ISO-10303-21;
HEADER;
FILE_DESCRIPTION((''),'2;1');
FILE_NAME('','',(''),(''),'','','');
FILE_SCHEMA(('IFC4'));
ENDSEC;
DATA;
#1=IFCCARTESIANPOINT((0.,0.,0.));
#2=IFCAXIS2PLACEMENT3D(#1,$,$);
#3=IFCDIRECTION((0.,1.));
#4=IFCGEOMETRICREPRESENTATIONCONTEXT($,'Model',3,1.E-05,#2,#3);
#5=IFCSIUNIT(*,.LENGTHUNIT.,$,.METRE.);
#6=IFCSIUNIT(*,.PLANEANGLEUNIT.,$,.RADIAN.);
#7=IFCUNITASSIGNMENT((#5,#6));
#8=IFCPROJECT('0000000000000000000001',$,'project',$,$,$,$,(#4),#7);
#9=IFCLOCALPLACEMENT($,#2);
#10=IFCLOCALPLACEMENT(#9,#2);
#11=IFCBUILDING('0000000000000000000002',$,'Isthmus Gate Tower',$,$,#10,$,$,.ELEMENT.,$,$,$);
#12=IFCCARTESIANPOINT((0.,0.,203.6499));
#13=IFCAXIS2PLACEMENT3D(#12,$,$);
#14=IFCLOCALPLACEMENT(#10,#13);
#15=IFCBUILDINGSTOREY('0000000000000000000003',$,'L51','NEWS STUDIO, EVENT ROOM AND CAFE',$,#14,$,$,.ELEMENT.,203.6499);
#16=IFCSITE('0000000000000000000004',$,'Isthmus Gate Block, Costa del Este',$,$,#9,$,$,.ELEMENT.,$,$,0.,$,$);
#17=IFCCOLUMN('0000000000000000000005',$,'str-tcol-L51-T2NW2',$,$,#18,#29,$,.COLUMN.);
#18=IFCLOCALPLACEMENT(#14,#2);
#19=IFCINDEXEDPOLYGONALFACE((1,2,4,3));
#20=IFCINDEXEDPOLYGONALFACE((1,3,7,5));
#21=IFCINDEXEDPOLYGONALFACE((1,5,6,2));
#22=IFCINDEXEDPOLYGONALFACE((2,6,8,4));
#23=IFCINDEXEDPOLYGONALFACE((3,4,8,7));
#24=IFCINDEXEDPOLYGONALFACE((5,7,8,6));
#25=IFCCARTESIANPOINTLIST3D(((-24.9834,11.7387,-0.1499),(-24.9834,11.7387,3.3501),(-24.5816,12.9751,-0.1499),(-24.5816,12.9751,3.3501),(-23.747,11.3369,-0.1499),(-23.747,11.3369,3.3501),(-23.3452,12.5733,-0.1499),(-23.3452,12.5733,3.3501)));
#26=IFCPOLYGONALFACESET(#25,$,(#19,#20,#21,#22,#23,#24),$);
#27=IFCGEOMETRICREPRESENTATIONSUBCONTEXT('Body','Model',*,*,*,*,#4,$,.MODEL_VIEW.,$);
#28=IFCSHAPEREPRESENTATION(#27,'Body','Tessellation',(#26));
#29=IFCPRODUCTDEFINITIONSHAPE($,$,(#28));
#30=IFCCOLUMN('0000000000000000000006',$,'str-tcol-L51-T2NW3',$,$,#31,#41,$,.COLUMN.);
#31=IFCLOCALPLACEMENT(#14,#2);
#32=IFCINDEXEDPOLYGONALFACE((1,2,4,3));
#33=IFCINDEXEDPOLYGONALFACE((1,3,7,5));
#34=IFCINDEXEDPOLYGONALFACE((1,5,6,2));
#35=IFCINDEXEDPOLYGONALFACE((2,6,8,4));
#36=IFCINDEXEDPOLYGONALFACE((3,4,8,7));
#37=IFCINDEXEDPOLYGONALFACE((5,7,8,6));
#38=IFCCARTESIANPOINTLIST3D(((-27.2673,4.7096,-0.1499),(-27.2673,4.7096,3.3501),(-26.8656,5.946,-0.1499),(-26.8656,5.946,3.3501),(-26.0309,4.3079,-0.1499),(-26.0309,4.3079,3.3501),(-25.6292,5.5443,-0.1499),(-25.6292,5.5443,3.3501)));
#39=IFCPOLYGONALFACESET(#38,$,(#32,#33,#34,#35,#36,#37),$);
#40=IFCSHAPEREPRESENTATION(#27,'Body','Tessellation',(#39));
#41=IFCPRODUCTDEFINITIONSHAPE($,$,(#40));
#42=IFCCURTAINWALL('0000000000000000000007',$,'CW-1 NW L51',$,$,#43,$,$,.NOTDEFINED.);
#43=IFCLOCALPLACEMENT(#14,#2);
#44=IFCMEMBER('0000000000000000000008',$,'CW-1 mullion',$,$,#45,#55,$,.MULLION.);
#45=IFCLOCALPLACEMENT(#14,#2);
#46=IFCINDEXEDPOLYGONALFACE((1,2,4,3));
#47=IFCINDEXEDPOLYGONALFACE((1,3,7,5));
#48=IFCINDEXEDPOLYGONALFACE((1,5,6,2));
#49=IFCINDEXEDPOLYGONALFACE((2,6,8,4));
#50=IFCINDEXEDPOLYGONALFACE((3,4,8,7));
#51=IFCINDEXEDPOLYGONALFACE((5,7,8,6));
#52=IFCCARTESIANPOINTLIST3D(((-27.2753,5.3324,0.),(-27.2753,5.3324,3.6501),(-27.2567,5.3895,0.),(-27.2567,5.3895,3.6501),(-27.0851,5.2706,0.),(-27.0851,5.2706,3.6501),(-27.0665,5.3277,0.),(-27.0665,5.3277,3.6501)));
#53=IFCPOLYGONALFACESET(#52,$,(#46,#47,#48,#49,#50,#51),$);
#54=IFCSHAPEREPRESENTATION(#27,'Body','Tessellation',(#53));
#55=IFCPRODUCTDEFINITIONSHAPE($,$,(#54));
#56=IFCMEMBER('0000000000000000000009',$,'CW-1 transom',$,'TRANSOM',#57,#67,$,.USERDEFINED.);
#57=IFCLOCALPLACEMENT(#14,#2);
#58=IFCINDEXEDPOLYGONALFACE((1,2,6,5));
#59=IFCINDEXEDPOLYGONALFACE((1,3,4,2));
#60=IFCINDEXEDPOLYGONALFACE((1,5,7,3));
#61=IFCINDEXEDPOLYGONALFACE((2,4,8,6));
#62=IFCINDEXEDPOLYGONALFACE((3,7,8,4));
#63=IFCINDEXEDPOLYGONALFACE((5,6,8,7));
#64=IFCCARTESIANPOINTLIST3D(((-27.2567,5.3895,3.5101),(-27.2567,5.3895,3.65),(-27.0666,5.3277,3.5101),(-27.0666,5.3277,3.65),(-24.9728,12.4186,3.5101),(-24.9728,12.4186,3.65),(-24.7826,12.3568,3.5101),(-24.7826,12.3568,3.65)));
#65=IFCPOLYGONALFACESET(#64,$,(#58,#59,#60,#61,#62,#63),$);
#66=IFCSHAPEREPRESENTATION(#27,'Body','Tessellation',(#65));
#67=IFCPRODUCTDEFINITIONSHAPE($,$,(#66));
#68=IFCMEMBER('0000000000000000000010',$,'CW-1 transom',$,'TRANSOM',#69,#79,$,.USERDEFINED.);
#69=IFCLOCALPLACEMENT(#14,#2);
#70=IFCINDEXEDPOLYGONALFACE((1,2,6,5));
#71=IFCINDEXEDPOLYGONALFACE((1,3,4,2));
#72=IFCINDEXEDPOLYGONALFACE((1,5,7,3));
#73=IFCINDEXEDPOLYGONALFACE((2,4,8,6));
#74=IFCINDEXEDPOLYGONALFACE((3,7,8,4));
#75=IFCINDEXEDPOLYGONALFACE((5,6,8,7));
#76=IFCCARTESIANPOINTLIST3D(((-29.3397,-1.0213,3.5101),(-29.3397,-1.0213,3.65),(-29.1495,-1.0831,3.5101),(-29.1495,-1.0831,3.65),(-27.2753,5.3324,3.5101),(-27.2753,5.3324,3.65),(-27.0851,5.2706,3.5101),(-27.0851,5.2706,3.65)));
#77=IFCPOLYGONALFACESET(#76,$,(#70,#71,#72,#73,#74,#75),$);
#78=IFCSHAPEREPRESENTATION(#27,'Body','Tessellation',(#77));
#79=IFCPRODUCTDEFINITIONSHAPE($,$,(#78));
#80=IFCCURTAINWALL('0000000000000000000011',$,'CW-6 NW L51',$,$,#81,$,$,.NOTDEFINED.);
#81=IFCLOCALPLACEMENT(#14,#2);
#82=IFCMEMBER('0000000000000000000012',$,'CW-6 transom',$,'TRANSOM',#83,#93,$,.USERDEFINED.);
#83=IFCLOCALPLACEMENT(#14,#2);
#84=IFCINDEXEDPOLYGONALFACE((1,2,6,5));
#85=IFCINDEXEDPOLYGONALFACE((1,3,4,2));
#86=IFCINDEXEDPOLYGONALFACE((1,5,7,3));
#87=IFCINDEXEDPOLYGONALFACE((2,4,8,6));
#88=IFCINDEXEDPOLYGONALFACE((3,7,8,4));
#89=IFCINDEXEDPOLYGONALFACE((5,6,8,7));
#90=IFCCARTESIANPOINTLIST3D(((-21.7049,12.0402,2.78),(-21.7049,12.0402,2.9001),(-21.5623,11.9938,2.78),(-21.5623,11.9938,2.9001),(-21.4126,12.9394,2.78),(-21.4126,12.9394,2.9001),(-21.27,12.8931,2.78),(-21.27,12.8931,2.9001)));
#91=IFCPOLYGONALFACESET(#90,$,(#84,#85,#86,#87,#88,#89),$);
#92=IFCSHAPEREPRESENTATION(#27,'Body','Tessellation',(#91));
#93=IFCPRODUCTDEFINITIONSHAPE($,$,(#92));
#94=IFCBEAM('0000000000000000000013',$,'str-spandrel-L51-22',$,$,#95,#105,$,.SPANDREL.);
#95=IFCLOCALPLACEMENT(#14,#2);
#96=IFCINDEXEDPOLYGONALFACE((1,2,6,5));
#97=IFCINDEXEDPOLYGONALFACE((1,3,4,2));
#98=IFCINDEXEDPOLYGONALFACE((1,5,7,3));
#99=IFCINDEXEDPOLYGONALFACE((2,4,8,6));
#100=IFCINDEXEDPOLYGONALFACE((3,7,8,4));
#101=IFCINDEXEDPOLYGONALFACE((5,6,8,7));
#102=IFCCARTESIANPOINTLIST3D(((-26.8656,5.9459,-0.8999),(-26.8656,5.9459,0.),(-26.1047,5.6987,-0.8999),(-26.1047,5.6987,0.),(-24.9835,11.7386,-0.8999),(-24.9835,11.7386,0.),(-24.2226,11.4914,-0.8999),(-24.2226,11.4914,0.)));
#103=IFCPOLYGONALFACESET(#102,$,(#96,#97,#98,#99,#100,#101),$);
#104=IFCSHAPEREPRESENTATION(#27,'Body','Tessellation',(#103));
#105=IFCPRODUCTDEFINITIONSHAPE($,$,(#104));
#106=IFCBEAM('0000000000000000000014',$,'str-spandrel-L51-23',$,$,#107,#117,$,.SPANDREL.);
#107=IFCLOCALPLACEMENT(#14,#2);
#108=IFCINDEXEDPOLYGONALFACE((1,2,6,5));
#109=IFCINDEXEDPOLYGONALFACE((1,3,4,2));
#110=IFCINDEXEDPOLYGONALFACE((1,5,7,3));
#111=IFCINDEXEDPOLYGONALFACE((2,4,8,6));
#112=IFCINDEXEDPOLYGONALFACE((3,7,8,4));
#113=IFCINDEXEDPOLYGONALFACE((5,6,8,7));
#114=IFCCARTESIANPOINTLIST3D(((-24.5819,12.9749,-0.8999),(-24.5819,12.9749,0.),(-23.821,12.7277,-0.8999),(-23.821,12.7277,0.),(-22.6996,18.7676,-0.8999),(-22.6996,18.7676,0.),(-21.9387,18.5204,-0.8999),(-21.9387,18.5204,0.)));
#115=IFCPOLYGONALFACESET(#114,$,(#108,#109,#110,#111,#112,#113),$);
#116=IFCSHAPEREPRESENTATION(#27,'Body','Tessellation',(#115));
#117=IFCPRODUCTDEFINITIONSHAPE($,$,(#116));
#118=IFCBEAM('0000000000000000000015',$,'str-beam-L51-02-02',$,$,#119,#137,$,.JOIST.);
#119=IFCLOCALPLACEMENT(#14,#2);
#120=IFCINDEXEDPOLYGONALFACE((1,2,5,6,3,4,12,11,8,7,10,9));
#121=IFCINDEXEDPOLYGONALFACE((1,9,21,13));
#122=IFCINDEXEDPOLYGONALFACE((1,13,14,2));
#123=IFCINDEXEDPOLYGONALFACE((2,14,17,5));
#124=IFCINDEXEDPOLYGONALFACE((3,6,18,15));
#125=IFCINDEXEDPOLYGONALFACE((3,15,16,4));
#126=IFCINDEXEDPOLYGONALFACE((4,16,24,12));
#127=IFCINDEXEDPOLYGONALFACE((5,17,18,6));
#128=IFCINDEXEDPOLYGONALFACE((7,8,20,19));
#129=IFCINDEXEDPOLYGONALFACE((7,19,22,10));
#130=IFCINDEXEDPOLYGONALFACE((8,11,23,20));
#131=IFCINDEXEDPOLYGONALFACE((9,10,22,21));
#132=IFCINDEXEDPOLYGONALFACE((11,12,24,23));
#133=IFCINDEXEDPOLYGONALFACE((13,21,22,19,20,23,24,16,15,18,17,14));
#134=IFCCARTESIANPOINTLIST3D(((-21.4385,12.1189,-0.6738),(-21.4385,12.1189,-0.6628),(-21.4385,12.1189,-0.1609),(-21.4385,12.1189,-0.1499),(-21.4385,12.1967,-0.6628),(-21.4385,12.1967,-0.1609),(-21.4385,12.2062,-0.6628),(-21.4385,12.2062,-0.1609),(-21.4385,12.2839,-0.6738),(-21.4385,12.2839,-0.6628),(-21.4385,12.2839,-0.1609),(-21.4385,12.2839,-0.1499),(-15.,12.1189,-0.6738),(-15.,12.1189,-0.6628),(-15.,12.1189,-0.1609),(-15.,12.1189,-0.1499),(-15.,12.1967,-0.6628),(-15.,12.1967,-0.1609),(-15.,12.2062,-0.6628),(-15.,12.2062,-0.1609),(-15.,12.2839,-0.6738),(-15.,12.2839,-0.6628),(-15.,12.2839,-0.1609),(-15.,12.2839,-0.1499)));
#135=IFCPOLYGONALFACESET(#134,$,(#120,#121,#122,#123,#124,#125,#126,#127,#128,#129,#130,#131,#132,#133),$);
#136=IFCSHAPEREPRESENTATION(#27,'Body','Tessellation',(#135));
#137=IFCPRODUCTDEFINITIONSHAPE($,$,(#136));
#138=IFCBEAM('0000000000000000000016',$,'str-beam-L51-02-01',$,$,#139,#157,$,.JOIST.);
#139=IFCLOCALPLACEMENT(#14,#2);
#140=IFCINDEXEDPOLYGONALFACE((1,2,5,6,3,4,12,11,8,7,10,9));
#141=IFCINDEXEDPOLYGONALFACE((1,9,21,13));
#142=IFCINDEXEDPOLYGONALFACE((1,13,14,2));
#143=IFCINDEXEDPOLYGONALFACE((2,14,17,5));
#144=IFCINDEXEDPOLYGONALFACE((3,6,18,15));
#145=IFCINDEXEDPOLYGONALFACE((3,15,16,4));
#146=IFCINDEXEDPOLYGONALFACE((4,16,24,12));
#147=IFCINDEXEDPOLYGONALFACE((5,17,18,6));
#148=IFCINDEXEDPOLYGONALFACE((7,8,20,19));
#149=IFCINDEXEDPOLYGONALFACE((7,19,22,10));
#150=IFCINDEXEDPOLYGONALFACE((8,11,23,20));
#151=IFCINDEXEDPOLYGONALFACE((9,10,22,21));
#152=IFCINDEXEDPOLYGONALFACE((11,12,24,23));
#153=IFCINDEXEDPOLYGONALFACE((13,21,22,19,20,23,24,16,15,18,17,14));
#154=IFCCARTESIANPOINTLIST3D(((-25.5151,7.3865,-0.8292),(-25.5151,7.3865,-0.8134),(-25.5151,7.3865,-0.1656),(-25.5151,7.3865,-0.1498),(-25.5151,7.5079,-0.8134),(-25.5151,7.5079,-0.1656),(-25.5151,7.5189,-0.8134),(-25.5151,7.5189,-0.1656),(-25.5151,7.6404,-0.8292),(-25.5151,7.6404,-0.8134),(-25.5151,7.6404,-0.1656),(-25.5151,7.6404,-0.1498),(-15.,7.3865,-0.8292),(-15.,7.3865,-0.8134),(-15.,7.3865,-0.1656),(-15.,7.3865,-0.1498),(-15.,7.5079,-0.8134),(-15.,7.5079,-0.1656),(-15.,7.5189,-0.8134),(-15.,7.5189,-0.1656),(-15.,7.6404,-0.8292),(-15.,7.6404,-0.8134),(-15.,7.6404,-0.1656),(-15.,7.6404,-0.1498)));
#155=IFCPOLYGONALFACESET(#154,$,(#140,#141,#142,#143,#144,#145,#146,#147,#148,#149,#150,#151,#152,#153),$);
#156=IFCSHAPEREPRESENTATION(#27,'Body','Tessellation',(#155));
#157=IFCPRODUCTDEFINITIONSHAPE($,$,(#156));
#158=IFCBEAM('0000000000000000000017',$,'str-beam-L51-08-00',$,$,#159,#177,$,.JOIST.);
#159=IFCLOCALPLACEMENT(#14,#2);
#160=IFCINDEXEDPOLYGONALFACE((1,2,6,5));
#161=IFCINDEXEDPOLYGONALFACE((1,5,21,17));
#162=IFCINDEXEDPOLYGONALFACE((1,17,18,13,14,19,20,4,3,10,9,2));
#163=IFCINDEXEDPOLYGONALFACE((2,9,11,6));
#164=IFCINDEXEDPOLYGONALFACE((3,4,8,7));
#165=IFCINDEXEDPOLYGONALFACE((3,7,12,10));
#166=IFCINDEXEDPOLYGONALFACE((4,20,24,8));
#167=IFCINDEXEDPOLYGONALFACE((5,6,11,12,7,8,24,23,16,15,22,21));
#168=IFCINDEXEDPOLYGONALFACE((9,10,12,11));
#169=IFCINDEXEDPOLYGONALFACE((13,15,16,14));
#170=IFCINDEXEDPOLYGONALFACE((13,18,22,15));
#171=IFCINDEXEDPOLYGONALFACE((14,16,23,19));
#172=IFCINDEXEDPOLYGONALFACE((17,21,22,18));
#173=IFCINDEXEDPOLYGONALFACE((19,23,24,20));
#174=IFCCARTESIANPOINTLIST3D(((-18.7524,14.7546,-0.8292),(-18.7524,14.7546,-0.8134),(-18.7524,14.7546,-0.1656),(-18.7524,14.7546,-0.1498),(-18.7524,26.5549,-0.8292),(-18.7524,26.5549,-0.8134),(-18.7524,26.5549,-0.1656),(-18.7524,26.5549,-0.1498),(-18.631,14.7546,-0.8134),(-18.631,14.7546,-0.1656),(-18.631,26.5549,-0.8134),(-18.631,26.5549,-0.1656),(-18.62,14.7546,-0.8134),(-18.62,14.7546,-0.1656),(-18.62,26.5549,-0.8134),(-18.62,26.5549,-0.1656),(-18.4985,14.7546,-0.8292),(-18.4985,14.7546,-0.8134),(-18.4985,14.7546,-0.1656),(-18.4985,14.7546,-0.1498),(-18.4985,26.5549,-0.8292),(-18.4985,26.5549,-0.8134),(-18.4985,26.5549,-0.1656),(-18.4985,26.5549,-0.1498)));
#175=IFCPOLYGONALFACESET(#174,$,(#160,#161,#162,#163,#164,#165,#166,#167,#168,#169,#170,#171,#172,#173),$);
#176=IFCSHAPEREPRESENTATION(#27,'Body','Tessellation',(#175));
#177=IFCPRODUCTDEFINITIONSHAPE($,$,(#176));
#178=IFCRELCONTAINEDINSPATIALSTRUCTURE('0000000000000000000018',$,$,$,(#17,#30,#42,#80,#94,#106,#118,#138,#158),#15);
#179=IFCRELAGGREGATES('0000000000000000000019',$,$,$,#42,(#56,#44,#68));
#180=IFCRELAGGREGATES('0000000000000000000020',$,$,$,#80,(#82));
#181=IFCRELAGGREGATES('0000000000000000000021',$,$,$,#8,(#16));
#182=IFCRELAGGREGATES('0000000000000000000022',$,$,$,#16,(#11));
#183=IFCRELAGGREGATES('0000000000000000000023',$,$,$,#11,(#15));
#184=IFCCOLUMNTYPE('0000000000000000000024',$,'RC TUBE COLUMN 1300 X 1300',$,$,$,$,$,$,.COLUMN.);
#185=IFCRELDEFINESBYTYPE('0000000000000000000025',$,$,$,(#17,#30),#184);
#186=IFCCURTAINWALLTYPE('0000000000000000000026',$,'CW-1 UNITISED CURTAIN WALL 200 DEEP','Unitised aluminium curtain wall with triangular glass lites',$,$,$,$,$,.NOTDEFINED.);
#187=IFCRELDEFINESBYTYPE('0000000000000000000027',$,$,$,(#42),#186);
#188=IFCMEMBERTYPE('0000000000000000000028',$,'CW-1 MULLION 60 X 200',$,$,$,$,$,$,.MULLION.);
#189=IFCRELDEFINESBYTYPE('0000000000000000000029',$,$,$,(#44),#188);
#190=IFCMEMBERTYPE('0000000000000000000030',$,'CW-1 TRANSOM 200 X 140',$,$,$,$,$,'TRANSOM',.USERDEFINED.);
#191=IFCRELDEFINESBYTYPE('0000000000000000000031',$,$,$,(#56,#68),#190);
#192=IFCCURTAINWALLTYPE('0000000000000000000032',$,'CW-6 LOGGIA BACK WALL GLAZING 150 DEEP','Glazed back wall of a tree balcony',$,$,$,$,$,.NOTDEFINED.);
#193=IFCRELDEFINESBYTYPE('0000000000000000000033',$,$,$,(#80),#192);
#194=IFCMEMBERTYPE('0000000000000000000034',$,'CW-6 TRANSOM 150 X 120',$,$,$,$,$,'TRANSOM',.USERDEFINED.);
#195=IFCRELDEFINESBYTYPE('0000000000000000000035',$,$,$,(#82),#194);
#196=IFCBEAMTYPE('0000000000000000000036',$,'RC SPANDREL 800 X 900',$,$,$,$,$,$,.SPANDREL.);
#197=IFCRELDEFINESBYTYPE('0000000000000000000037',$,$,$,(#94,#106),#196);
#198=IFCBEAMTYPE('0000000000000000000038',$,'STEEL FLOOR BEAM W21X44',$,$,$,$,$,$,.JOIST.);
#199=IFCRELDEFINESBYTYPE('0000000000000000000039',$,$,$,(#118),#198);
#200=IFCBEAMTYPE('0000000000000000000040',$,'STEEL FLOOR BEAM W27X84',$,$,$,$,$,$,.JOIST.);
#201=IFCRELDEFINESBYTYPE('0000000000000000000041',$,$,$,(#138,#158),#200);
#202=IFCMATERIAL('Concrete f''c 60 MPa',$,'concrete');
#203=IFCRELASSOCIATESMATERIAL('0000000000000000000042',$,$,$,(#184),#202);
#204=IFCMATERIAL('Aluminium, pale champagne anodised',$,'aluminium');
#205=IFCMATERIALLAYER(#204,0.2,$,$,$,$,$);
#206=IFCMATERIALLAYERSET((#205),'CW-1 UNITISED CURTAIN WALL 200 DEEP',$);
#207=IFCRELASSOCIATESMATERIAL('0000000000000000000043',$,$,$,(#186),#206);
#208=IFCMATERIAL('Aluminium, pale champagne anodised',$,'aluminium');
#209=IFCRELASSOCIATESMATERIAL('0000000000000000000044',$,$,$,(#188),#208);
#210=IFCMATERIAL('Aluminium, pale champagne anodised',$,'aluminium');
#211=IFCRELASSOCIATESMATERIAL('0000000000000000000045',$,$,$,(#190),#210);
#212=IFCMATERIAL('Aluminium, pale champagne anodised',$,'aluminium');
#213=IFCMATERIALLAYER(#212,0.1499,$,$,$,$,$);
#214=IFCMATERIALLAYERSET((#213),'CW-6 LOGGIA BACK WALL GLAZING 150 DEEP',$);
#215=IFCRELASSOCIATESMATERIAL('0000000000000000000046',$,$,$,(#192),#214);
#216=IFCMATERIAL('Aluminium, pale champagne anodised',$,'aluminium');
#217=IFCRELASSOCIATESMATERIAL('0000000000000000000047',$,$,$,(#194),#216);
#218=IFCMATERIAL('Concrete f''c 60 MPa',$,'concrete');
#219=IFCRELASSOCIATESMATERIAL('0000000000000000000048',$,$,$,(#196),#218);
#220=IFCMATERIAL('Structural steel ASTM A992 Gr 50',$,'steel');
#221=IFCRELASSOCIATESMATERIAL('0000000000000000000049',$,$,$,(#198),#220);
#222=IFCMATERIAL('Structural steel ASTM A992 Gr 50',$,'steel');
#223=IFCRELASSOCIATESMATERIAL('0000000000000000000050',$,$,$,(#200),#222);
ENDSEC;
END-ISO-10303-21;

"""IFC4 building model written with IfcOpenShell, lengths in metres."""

from ifc_helpers import new_model, si_unit, direction, frame, origin, origin_2d, place, context, subcontext, project, spatial, rectangle, i_section, extrude, material, layer, layer_set, material_profile, profile_set, type_object, element, aggregate, save


model = new_model("IFC4")

# Units and contexts
model_context = context("Model", 3, precision=1e-05, world=origin(), true_north=direction((0.0, 1.0)))
body_context = subcontext(model_context, "Body", "Model", "MODEL_VIEW")
ifc_project = project(units=[si_unit("LENGTHUNIT", "METRE"), si_unit("PLANEANGLEUNIT", "RADIAN")], contexts=[model_context])

# Site, building, storey
site_placement = place(None, origin())
site = spatial("IfcSite", under=ifc_project, at=site_placement, Name="Isthmus Gate Block, Costa del Este", CompositionType="ELEMENT", RefElevation=0.0)
building_placement = place(site_placement, origin())
building = spatial("IfcBuilding", under=site, at=building_placement, Name="Isthmus Gate Tower", CompositionType="ELEMENT")
storey_placement = place(building_placement, frame((0.0, 0.0, 203.6499)))
storey = spatial("IfcBuildingStorey", under=building, at=storey_placement, Name="L51", Description="NEWS STUDIO, EVENT ROOM AND CAFE", CompositionType="ELEMENT", Elevation=203.6499)

# Columns
ifc_material_1 = material(Name="Concrete f'c 60 MPa", Category="concrete")
ifc_material_profile_1 = material_profile(ifc_material_1, rectangle(XDim=1.3, YDim=1.3, at=origin_2d()), Name="RC 1300X1300")
ifc_profile_set_1 = profile_set([ifc_material_profile_1], Name="Concrete f'c 60 MPa")
column_type = type_object("IfcColumnType", Name="RC TUBE COLUMN 1300 X 1300", PredefinedType="COLUMN", material=ifc_profile_set_1)
for number, where, z_axis, x_axis, name in (
    (1, (-24.1643, 12.156, -0.1499), (0.0, 0.0, 1.0), (-0.309017, -0.951057, 0.0), "str-tcol-L51-T2NW2"),
    (2, (-26.4482, 5.127, -0.1499), (0.0, 0.0, 1.0), (-0.309017, -0.951057, 0.0), "str-tcol-L51-T2NW3"),
):
    element("IfcColumn", number, at=place(storey_placement, frame(where, z_axis=z_axis, x_axis=x_axis)), inside=storey, type_object=column_type, Name=name, PredefinedType="COLUMN", context=body_context, shape_type="SweptSolid", body=[
        extrude(rectangle(XDim=1.3, YDim=1.3, at=origin_2d()), origin(), (0.0, 0.0, 1.0), 3.5),
    ])

# Curtain wall, members
ifc_material_2 = material(Name="Aluminium, pale champagne anodised", Category="aluminium")
ifc_layer_1 = layer(ifc_material_2, 0.2)
ifc_layer_set_1 = layer_set([ifc_layer_1], Name="CW-1 UNITISED CURTAIN WALL 200 DEEP")
curtain_wall_type_1 = type_object("IfcCurtainWallType", Name="CW-1 UNITISED CURTAIN WALL 200 DEEP", Description="Unitised aluminium curtain wall with triangular glass lites", PredefinedType="NOTDEFINED", material=ifc_layer_set_1)
curtain_wall_1_placement = place(storey_placement, origin())
curtain_wall_1 = element("IfcCurtainWall", 3, at=curtain_wall_1_placement, inside=storey, type_object=curtain_wall_type_1, Name="CW-1 NW L51", PredefinedType="NOTDEFINED")
ifc_material_3 = material(Name="Aluminium, pale champagne anodised", Category="aluminium")
ifc_material_profile_2 = material_profile(ifc_material_3, rectangle(XDim=0.0601, YDim=0.2, at=origin_2d()), Name="60x200")
ifc_profile_set_2 = profile_set([ifc_material_profile_2], Name="Aluminium, pale champagne anodised")
member_type_1 = type_object("IfcMemberType", Name="CW-1 MULLION 60 X 200", PredefinedType="MULLION", material=ifc_profile_set_2)
member_1_placement = place(storey_placement, frame((-27.1709, 5.3301, 0.0), z_axis=(0.0, 0.0, 1.0), x_axis=(-0.309017, -0.951057, 0.0)))
member_1 = element("IfcMember", 4, at=member_1_placement, type_object=member_type_1, Name="CW-1 mullion", PredefinedType="MULLION", context=body_context, shape_type="SweptSolid", body=[
    extrude(rectangle(XDim=0.0601, YDim=0.2, at=origin_2d()), origin(), (0.0, 0.0, 1.0), 3.6501),
])
ifc_material_4 = material(Name="Aluminium, pale champagne anodised", Category="aluminium")
ifc_material_profile_3 = material_profile(ifc_material_4, rectangle(XDim=0.2, YDim=0.1399, at=origin_2d()), Name="200x140")
ifc_profile_set_3 = profile_set([ifc_material_profile_3], Name="Aluminium, pale champagne anodised")
member_type_2 = type_object("IfcMemberType", Name="CW-1 TRANSOM 200 X 140", ElementType="TRANSOM", PredefinedType="USERDEFINED", material=ifc_profile_set_3)
member_2_placement = place(storey_placement, frame((-24.8777, 12.3877, 3.5801), z_axis=(-0.309024, -0.951054, 0.0), x_axis=(0.951054, -0.309024, 0.0)))
member_2 = element("IfcMember", 5, at=member_2_placement, type_object=member_type_2, Name="CW-1 transom", ObjectType="TRANSOM", PredefinedType="USERDEFINED", context=body_context, shape_type="SweptSolid", body=[
    extrude(rectangle(XDim=0.2, YDim=0.1399, at=origin_2d()), origin(), (0.0, 0.0, 1.0), 7.3909),
])
member_3_placement = place(storey_placement, frame((-27.1802, 5.3015, 3.5801), z_axis=(-0.309016, -0.951057, 0.0), x_axis=(0.951057, -0.309016, 0.0)))
member_3 = element("IfcMember", 6, at=member_3_placement, type_object=member_type_2, Name="CW-1 transom", ObjectType="TRANSOM", PredefinedType="USERDEFINED", context=body_context, shape_type="SweptSolid", body=[
    extrude(rectangle(XDim=0.2, YDim=0.1399, at=origin_2d()), origin(), (0.0, 0.0, 1.0), 6.6807),
])

# Curtain wall, member
ifc_material_5 = material(Name="Aluminium, pale champagne anodised", Category="aluminium")
ifc_layer_2 = layer(ifc_material_5, 0.1499)
ifc_layer_set_2 = layer_set([ifc_layer_2], Name="CW-6 LOGGIA BACK WALL GLAZING 150 DEEP")
curtain_wall_type_2 = type_object("IfcCurtainWallType", Name="CW-6 LOGGIA BACK WALL GLAZING 150 DEEP", Description="Glazed back wall of a tree balcony", PredefinedType="NOTDEFINED", material=ifc_layer_set_2)
curtain_wall_2_placement = place(storey_placement, origin())
curtain_wall_2 = element("IfcCurtainWall", 7, at=curtain_wall_2_placement, inside=storey, type_object=curtain_wall_type_2, Name="CW-6 NW L51", PredefinedType="NOTDEFINED")
ifc_material_6 = material(Name="Aluminium, pale champagne anodised", Category="aluminium")
ifc_material_profile_4 = material_profile(ifc_material_6, rectangle(XDim=0.1499, YDim=0.1201, at=origin_2d()), Name="150x120")
ifc_profile_set_4 = profile_set([ifc_material_profile_4], Name="Aluminium, pale champagne anodised")
member_type_3 = type_object("IfcMemberType", Name="CW-6 TRANSOM 150 X 120", ElementType="TRANSOM", PredefinedType="USERDEFINED", material=ifc_profile_set_4)
member_4_placement = place(storey_placement, frame((-21.3413, 12.9163, 2.8401), z_axis=(-0.309092, -0.951032, 0.0), x_axis=(0.951032, -0.309092, 0.0)))
member_4 = element("IfcMember", 8, at=member_4_placement, type_object=member_type_3, Name="CW-6 transom", ObjectType="TRANSOM", PredefinedType="USERDEFINED", context=body_context, shape_type="SweptSolid", body=[
    extrude(rectangle(XDim=0.1499, YDim=0.1201, at=origin_2d()), origin(), (0.0, 0.0, 1.0), 0.9456),
])

# Beams
ifc_material_7 = material(Name="Concrete f'c 60 MPa", Category="concrete")
ifc_material_profile_5 = material_profile(ifc_material_7, rectangle(XDim=0.8, YDim=0.8999, at=origin_2d()), Name="RC 800X900")
ifc_profile_set_5 = profile_set([ifc_material_profile_5], Name="Concrete f'c 60 MPa")
beam_type_1 = type_object("IfcBeamType", Name="RC SPANDREL 800 X 900", PredefinedType="SPANDREL", material=ifc_profile_set_5)
for number, where, z_axis, x_axis, name in (
    (9, (-26.4851, 5.8223, -0.45), (0.309004, 0.951061, 0.0), (-0.951061, 0.309004, 0.0), "str-spandrel-L51-22"),
    (10, (-24.2014, 12.8513, -0.45), (0.30904, 0.951049, 0.0), (-0.951049, 0.30904, 0.0), "str-spandrel-L51-23"),
):
    element("IfcBeam", number, at=place(storey_placement, frame(where, z_axis=z_axis, x_axis=x_axis)), inside=storey, type_object=beam_type_1, Name=name, PredefinedType="SPANDREL", context=body_context, shape_type="SweptSolid", body=[
        extrude(rectangle(XDim=0.8, YDim=0.8999, at=origin_2d()), origin(), (0.0, 0.0, 1.0), 6.0908),
    ])
ifc_material_8 = material(Name="Structural steel ASTM A992 Gr 50", Category="steel")
ifc_material_profile_6 = material_profile(ifc_material_8, i_section(OverallWidth=0.165, OverallDepth=0.5239, WebThickness=0.0095, FlangeThickness=0.011, at=origin_2d()), Name="W21X44")
ifc_profile_set_6 = profile_set([ifc_material_profile_6], Name="Structural steel ASTM A992 Gr 50")
beam_type_2 = type_object("IfcBeamType", Name="STEEL FLOOR BEAM W21X44", PredefinedType="JOIST", material=ifc_profile_set_6)
beam_1_placement = place(storey_placement, frame((-21.4385, 12.2014, -0.4119), z_axis=(1.0, 0.0, 0.0), x_axis=(0.0, 1.0, 0.0)))
element("IfcBeam", 11, at=beam_1_placement, inside=storey, type_object=beam_type_2, Name="str-beam-L51-02-02", PredefinedType="JOIST", context=body_context, shape_type="SweptSolid", body=[
    extrude(i_section(OverallWidth=0.165, OverallDepth=0.5239, WebThickness=0.0095, FlangeThickness=0.011, at=origin_2d()), origin(), (0.0, 0.0, 1.0), 6.4385),
])
ifc_material_9 = material(Name="Structural steel ASTM A992 Gr 50", Category="steel")
ifc_material_profile_7 = material_profile(ifc_material_9, i_section(OverallWidth=0.2539, OverallDepth=0.6794, WebThickness=0.011, FlangeThickness=0.0159, at=origin_2d()), Name="W27X84")
ifc_profile_set_7 = profile_set([ifc_material_profile_7], Name="Structural steel ASTM A992 Gr 50")
beam_type_3 = type_object("IfcBeamType", Name="STEEL FLOOR BEAM W27X84", PredefinedType="JOIST", material=ifc_profile_set_7)
beam_2_placement = place(storey_placement, frame((-25.5151, 7.5134, -0.4895), z_axis=(1.0, 0.0, 0.0), x_axis=(0.0, 1.0, 0.0)))
element("IfcBeam", 12, at=beam_2_placement, inside=storey, type_object=beam_type_3, Name="str-beam-L51-02-01", PredefinedType="JOIST", context=body_context, shape_type="SweptSolid", body=[
    extrude(i_section(OverallWidth=0.2539, OverallDepth=0.6794, WebThickness=0.011, FlangeThickness=0.0159, at=origin_2d()), origin(), (0.0, 0.0, 1.0), 10.5151),
])
beam_3_placement = place(storey_placement, frame((-18.6255, 14.7546, -0.4895), z_axis=(0.0, 1.0, 0.0), x_axis=(-1.0, 0.0, 0.0)))
element("IfcBeam", 13, at=beam_3_placement, inside=storey, type_object=beam_type_3, Name="str-beam-L51-08-00", PredefinedType="JOIST", context=body_context, shape_type="SweptSolid", body=[
    extrude(i_section(OverallWidth=0.2539, OverallDepth=0.6794, WebThickness=0.011, FlangeThickness=0.0159, at=origin_2d()), origin(), (0.0, 0.0, 1.0), 11.8003),
])

aggregate(curtain_wall_1, [member_2, member_1, member_3])
aggregate(curtain_wall_2, [member_4])

save(model, "model.ifc")
